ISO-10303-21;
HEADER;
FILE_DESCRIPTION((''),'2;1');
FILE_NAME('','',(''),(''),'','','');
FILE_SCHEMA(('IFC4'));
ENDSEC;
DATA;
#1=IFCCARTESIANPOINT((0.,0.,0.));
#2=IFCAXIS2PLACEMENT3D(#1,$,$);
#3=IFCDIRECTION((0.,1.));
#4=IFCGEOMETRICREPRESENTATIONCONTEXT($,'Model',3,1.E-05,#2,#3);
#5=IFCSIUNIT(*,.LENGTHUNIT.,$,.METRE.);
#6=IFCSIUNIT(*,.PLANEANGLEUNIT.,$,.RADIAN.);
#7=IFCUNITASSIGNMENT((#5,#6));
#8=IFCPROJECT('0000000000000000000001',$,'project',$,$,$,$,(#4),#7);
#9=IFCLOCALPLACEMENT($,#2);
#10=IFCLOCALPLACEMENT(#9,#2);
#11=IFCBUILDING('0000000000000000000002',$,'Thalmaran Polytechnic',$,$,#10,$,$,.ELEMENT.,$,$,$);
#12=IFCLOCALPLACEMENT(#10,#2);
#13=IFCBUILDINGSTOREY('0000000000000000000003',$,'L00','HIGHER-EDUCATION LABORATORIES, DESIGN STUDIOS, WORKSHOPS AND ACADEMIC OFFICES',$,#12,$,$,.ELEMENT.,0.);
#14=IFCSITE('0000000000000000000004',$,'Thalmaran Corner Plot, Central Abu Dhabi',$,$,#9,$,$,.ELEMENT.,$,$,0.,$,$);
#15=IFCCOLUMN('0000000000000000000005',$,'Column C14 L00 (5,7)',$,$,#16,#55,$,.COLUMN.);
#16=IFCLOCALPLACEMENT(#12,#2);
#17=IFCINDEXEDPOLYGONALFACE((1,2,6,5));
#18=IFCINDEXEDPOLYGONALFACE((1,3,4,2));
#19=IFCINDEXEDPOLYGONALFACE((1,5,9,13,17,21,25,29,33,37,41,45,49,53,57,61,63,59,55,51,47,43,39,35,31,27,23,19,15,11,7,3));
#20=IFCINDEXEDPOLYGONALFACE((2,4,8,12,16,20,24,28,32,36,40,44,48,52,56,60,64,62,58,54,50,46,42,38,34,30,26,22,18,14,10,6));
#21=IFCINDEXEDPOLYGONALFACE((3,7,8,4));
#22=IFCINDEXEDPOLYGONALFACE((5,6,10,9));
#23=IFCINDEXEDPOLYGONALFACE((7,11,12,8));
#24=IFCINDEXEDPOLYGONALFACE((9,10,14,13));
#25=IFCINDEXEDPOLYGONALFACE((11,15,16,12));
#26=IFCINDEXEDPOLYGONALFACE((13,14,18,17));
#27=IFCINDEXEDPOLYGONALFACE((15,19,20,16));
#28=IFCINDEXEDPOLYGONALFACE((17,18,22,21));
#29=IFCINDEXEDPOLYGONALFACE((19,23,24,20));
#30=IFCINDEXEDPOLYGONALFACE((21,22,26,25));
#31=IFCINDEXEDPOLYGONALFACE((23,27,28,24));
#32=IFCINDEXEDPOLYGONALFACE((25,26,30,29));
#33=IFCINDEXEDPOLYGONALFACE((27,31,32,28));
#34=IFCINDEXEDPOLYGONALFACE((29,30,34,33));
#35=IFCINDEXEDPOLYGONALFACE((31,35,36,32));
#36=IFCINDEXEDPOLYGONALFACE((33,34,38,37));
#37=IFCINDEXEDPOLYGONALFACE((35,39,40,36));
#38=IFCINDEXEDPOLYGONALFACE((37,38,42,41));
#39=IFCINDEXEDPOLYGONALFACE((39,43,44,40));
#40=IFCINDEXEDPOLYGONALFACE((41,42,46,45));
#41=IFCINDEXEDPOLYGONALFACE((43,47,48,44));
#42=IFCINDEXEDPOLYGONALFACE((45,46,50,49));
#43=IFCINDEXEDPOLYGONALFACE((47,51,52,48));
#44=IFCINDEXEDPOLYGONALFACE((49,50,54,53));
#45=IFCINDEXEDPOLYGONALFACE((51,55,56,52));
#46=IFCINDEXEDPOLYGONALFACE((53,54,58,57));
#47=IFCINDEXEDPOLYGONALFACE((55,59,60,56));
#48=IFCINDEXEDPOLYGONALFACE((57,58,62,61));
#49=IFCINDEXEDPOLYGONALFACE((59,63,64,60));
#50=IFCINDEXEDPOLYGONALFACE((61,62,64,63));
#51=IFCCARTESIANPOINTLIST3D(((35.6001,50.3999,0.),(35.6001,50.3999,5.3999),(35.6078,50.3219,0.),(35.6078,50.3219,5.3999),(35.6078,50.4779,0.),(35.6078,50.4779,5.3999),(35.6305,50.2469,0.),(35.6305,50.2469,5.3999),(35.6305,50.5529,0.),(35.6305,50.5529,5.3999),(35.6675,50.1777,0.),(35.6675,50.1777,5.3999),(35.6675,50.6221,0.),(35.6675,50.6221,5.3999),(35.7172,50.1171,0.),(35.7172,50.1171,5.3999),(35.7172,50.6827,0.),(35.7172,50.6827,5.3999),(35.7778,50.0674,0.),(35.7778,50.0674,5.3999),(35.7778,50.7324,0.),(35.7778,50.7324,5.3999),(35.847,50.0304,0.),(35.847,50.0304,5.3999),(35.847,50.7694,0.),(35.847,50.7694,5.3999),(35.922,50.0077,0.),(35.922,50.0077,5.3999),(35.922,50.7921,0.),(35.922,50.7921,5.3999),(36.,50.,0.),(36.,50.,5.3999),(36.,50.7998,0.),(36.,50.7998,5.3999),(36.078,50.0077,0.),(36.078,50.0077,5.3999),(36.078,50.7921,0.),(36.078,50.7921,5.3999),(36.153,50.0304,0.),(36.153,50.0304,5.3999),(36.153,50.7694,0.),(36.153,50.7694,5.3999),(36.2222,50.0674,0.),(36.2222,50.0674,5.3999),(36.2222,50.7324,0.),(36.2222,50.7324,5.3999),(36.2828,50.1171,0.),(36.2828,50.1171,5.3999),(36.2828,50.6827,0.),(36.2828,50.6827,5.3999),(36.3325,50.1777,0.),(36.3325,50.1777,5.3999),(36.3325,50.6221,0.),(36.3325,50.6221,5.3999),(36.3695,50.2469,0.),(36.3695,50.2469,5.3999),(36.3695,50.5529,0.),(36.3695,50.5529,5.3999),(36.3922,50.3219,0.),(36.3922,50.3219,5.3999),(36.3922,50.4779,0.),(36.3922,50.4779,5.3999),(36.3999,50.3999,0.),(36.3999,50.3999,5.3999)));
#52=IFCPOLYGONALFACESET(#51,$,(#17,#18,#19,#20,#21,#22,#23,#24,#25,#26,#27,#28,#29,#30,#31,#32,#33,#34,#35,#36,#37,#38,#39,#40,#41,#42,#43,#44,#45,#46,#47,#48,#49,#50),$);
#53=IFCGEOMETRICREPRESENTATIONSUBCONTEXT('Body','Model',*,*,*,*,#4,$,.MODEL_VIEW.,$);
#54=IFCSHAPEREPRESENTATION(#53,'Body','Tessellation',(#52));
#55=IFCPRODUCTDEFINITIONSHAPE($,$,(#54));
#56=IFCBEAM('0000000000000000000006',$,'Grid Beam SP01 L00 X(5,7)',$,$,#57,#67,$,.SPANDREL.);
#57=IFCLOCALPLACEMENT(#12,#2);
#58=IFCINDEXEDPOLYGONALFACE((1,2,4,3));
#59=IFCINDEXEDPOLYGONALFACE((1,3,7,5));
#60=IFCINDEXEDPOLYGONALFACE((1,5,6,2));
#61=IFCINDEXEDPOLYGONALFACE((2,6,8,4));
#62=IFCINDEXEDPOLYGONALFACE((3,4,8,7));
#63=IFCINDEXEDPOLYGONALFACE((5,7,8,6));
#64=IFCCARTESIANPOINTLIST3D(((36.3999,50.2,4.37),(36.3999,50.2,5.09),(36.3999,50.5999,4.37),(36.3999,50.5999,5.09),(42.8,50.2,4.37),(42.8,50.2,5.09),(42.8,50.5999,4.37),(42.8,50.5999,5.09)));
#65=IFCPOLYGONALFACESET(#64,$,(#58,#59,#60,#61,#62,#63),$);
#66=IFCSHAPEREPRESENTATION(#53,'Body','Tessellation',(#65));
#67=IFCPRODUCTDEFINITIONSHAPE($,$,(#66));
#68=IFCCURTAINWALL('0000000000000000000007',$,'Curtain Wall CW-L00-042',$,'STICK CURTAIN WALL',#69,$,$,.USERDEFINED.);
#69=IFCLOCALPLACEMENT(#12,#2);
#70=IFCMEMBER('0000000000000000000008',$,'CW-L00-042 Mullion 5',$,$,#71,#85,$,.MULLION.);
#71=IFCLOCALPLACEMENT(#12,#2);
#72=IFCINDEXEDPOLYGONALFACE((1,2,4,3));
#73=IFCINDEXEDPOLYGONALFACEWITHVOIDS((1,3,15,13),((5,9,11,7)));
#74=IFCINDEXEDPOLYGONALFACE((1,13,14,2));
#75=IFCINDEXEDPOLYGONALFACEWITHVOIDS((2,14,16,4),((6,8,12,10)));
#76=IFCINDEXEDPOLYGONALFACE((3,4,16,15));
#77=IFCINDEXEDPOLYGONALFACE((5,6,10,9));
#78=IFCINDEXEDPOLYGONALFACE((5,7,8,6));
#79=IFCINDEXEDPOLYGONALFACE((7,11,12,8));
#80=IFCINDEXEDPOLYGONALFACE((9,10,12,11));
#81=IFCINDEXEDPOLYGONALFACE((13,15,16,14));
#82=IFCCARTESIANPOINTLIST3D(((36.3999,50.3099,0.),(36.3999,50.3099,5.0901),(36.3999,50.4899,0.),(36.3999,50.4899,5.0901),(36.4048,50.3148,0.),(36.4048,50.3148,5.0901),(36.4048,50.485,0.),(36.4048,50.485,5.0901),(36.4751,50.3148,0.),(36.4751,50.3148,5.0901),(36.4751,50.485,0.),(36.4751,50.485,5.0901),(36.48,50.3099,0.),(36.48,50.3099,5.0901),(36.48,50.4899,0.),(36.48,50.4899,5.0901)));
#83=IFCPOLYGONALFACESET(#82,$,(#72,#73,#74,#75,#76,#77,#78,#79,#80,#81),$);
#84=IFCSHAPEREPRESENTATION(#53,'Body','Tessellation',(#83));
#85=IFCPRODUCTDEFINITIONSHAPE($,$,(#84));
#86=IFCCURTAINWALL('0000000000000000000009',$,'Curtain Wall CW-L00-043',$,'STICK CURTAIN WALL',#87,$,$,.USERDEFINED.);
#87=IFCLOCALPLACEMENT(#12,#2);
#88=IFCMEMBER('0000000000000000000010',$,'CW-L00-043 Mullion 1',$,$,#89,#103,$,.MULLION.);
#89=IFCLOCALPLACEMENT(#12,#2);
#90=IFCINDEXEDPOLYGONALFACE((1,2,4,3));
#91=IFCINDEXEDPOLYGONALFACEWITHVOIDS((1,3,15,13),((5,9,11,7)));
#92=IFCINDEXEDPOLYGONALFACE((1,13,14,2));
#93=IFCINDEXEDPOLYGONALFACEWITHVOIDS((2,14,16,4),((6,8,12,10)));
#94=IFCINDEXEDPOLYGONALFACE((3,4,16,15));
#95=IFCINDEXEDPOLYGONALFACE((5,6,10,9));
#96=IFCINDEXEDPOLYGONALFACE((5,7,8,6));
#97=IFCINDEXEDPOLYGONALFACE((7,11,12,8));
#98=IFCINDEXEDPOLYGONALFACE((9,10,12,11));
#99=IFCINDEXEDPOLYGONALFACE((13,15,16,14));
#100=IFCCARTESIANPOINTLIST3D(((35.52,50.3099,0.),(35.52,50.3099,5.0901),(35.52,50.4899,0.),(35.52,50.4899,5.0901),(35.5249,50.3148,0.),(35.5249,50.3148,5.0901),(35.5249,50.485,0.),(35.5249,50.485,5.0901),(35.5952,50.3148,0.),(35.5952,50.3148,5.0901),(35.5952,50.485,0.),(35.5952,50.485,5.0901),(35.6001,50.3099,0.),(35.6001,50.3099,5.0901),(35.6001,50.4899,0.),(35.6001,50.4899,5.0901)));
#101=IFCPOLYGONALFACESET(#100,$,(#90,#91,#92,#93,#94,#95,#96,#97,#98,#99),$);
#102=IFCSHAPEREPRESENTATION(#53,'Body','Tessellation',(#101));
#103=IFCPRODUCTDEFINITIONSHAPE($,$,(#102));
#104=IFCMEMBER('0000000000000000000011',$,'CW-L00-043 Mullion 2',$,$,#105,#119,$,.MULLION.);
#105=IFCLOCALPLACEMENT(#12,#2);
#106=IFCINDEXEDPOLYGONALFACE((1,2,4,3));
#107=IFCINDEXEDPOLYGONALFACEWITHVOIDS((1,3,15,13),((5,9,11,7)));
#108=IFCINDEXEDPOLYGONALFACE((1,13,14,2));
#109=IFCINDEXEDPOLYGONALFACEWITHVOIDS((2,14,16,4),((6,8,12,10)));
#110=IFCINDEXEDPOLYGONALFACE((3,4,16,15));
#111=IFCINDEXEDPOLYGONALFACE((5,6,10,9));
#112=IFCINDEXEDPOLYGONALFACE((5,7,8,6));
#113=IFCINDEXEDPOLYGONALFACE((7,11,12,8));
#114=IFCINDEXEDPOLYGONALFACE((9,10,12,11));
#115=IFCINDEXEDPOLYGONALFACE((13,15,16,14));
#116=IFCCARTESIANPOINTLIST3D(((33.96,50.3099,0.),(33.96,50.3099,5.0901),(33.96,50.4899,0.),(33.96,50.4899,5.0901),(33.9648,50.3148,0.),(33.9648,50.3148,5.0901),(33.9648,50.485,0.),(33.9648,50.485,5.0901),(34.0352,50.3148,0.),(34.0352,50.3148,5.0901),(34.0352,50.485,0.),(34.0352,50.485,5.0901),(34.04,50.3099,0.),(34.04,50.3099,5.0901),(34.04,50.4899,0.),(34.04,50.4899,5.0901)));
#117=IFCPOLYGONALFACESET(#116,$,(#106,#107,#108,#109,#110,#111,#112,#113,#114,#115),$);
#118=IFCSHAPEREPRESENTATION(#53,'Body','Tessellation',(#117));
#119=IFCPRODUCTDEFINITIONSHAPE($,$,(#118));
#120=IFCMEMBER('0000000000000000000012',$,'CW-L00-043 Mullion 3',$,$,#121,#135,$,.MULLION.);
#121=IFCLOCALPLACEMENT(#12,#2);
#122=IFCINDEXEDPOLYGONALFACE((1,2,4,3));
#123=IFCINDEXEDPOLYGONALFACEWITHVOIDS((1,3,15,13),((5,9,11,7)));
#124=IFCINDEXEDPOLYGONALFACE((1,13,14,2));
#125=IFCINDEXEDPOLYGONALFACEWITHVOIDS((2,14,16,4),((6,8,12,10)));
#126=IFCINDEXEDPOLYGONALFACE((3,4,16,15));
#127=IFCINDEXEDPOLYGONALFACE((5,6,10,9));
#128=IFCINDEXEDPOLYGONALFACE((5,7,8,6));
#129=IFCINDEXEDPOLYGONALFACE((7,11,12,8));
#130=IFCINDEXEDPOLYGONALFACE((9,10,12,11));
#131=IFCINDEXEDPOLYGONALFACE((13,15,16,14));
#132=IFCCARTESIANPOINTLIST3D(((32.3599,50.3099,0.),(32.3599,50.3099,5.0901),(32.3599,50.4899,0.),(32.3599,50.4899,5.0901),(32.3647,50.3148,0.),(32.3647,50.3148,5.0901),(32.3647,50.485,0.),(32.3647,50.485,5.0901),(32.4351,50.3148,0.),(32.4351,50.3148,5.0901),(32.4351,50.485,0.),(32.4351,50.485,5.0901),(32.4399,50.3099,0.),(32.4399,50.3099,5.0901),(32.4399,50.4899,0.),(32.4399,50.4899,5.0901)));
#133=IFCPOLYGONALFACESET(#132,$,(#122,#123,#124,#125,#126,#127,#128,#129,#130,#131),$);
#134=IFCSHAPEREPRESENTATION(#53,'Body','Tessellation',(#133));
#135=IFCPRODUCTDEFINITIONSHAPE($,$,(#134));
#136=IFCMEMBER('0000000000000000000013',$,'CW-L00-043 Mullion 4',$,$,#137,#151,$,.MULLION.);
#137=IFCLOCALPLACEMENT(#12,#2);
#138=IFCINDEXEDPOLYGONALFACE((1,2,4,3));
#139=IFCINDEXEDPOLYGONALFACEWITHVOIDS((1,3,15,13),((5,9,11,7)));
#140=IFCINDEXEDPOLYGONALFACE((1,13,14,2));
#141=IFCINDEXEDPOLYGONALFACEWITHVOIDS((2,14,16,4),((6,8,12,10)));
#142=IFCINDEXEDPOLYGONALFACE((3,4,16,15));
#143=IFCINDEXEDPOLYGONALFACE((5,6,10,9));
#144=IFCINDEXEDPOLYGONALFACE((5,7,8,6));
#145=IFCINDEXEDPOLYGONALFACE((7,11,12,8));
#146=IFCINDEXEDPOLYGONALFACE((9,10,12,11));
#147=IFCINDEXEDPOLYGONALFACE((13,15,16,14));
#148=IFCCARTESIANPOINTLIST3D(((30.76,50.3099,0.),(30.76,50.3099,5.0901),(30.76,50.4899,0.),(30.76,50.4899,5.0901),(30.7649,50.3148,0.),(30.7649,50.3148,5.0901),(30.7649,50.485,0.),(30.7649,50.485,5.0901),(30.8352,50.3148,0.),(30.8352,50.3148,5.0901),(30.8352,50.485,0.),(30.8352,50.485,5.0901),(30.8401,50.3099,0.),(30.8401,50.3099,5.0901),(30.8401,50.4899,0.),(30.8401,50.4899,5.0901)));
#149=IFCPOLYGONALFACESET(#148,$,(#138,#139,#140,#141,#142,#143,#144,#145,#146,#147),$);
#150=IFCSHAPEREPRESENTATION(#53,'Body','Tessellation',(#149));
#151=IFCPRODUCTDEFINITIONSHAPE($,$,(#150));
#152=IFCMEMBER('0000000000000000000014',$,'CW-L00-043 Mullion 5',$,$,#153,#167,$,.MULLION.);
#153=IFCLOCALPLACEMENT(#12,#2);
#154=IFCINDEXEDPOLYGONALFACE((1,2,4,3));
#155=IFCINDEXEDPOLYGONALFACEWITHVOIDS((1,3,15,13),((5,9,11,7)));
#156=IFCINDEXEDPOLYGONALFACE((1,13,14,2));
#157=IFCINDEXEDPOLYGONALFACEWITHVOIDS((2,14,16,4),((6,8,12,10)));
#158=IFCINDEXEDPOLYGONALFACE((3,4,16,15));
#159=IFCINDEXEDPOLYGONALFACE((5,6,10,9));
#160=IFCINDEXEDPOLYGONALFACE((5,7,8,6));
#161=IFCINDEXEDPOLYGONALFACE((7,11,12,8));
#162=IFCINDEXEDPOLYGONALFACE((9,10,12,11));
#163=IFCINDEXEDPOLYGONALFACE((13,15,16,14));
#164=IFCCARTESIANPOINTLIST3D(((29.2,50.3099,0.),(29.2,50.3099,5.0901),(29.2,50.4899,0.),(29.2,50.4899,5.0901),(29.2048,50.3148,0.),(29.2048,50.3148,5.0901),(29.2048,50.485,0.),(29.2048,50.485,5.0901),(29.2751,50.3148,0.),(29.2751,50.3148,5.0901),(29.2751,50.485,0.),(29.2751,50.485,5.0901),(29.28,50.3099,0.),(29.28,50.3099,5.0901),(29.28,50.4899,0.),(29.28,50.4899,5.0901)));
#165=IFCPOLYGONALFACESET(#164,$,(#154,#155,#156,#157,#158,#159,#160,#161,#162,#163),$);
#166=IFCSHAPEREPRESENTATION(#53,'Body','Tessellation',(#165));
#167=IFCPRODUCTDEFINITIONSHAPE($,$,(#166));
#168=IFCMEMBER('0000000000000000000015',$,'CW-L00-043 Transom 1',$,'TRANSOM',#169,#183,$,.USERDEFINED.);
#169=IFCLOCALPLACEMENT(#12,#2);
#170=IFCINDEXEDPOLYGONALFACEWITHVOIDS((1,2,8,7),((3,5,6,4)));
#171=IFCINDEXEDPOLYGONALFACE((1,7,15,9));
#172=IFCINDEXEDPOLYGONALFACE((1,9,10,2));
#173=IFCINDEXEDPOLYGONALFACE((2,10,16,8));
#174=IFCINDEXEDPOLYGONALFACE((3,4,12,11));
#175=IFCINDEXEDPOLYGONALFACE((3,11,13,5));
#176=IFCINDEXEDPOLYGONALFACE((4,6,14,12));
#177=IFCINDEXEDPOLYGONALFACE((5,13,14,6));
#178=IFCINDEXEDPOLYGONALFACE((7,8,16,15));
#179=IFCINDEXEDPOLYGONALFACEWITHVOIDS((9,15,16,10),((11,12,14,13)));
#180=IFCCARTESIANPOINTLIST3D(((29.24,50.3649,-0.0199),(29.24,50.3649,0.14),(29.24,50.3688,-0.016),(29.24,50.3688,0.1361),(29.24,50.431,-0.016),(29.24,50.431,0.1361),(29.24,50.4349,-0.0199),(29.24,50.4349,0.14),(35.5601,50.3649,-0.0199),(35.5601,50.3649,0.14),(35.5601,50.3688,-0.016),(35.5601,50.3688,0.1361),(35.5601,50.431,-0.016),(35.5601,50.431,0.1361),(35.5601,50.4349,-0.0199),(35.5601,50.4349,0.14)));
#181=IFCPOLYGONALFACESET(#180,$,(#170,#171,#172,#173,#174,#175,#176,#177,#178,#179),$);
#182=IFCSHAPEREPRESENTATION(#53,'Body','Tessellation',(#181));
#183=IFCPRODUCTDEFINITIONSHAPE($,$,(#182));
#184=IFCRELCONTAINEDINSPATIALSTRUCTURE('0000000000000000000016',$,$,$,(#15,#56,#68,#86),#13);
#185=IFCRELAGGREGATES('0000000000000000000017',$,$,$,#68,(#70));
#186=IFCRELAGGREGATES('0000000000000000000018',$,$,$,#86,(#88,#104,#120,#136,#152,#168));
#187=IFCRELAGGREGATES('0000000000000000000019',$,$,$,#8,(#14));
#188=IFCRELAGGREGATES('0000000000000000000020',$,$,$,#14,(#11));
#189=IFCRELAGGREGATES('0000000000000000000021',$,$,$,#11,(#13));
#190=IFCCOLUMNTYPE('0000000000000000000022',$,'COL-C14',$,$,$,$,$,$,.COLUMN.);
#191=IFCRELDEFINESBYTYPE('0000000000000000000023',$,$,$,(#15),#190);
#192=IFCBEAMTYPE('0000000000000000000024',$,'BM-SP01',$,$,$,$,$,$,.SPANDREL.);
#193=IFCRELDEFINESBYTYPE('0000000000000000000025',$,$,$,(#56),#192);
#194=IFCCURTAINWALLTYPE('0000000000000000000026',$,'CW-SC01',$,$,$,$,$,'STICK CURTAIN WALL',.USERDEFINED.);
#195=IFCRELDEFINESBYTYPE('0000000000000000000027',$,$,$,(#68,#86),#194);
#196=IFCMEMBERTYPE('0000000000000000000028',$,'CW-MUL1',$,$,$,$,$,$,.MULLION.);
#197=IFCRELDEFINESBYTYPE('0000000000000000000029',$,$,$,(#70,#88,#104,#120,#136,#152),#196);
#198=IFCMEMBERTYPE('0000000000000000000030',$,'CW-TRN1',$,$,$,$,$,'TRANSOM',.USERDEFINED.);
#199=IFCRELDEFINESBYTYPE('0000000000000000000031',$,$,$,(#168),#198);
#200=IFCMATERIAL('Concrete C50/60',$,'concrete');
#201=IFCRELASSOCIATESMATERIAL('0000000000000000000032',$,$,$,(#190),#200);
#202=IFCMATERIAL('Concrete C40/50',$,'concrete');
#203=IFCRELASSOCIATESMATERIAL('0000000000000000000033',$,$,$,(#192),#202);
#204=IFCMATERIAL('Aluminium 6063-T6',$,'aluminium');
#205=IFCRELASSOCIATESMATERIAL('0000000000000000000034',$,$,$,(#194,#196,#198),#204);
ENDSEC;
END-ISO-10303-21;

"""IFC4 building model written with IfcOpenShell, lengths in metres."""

from ifc_helpers import new_model, si_unit, direction, frame, origin, origin_2d, place, context, subcontext, project, spatial, rectangle, hollow_rectangle, circle, extrude, material, material_profile, profile_set, type_object, element, aggregate, save


model = new_model("IFC4")

# Units and contexts
model_context = context("Model", 3, precision=1e-05, world=origin(), true_north=direction((0.0, 1.0)))
body_context = subcontext(model_context, "Body", "Model", "MODEL_VIEW")
ifc_project = project(units=[si_unit("LENGTHUNIT", "METRE"), si_unit("PLANEANGLEUNIT", "RADIAN")], contexts=[model_context])

# Site, building, storey
site_placement = place(None, origin())
site = spatial("IfcSite", under=ifc_project, at=site_placement, Name="Thalmaran Corner Plot, Central Abu Dhabi", CompositionType="ELEMENT", RefElevation=0.0)
building_placement = place(site_placement, origin())
building = spatial("IfcBuilding", under=site, at=building_placement, Name="Thalmaran Polytechnic", CompositionType="ELEMENT")
storey_placement = place(building_placement, origin())
storey = spatial("IfcBuildingStorey", under=building, at=storey_placement, Name="L00", Description="HIGHER-EDUCATION LABORATORIES, DESIGN STUDIOS, WORKSHOPS AND ACADEMIC OFFICES", CompositionType="ELEMENT", Elevation=0.0)

# Column
ifc_material_1 = material(Name="Concrete C50/60", Category="concrete")
ifc_material_profile_1 = material_profile(ifc_material_1, circle(Radius=0.3999, at=origin_2d()), Name="RC 800 DIA")
ifc_profile_set_1 = profile_set([ifc_material_profile_1], Name="Concrete C50/60")
column_type = type_object("IfcColumnType", Name="COL-C14", PredefinedType="COLUMN", material=ifc_profile_set_1)
column_placement = place(storey_placement, frame((36.0, 50.3999, 0.0), z_axis=(0.0, 0.0, 1.0), x_axis=(1.0, 0.0, 0.0)))
element("IfcColumn", 1, at=column_placement, inside=storey, type_object=column_type, Name="Column C14 L00 (5,7)", PredefinedType="COLUMN", context=body_context, shape_type="SweptSolid", body=[
    extrude(circle(Radius=0.3999, at=origin_2d()), origin(), (0.0, 0.0, 1.0), 5.3999),
])

# Beam
ifc_material_2 = material(Name="Concrete C40/50", Category="concrete")
ifc_material_profile_2 = material_profile(ifc_material_2, rectangle(XDim=0.3999, YDim=0.72, at=origin_2d()), Name="RC 400x720")
ifc_profile_set_2 = profile_set([ifc_material_profile_2], Name="Concrete C40/50")
beam_type = type_object("IfcBeamType", Name="BM-SP01", PredefinedType="SPANDREL", material=ifc_profile_set_2)
beam_placement = place(storey_placement, frame((36.3999, 50.3999, 4.73), z_axis=(1.0, 0.0, 0.0), x_axis=(0.0, 1.0, 0.0)))
element("IfcBeam", 2, at=beam_placement, inside=storey, type_object=beam_type, Name="Grid Beam SP01 L00 X(5,7)", PredefinedType="SPANDREL", context=body_context, shape_type="SweptSolid", body=[
    extrude(rectangle(XDim=0.3999, YDim=0.72, at=origin_2d()), origin(), (0.0, 0.0, 1.0), 6.4001),
])

# Curtain wall, member
ifc_material_3 = material(Name="Aluminium 6063-T6", Category="aluminium")
curtain_wall_type = type_object("IfcCurtainWallType", Name="CW-SC01", ElementType="STICK CURTAIN WALL", PredefinedType="USERDEFINED", material=ifc_material_3)
curtain_wall_1_placement = place(storey_placement, origin())
curtain_wall_1 = element("IfcCurtainWall", 3, at=curtain_wall_1_placement, inside=storey, type_object=curtain_wall_type, Name="Curtain Wall CW-L00-042", ObjectType="STICK CURTAIN WALL", PredefinedType="USERDEFINED")
ifc_material_profile_3 = material_profile(ifc_material_3, hollow_rectangle(XDim=0.0801, YDim=0.1799, WallThickness=0.0049, at=origin_2d()), Name="RHS 180x80x5.0")
ifc_profile_set_3 = profile_set([ifc_material_profile_3], Name="Aluminium 6063-T6")
member_type_1 = type_object("IfcMemberType", Name="CW-MUL1", PredefinedType="MULLION", material=ifc_profile_set_3)
member_1_placement = place(storey_placement, frame((36.4399, 50.3999, 0.0), z_axis=(0.0, 0.0, 1.0), x_axis=(1.0, 0.0, 0.0)))
member_1 = element("IfcMember", 4, at=member_1_placement, type_object=member_type_1, Name="CW-L00-042 Mullion 5", PredefinedType="MULLION", context=body_context, shape_type="SweptSolid", body=[
    extrude(hollow_rectangle(XDim=0.0801, YDim=0.1799, WallThickness=0.0049, at=origin_2d()), origin(), (0.0, 0.0, 1.0), 5.0901),
])

# Curtain wall, members
curtain_wall_2_placement = place(storey_placement, origin())
curtain_wall_2 = element("IfcCurtainWall", 5, at=curtain_wall_2_placement, inside=storey, type_object=curtain_wall_type, Name="Curtain Wall CW-L00-043", ObjectType="STICK CURTAIN WALL", PredefinedType="USERDEFINED")
member_2_placement = place(storey_placement, frame((35.5601, 50.3999, 0.0), z_axis=(0.0, 0.0, 1.0), x_axis=(1.0, 0.0, 0.0)))
member_2 = element("IfcMember", 6, at=member_2_placement, type_object=member_type_1, Name="CW-L00-043 Mullion 1", PredefinedType="MULLION", context=body_context, shape_type="SweptSolid", body=[
    extrude(hollow_rectangle(XDim=0.0801, YDim=0.1799, WallThickness=0.0049, at=origin_2d()), origin(), (0.0, 0.0, 1.0), 5.0901),
])
member_3_placement = place(storey_placement, frame((34.0, 50.3999, 0.0), z_axis=(0.0, 0.0, 1.0), x_axis=(1.0, 0.0, 0.0)))
member_3 = element("IfcMember", 7, at=member_3_placement, type_object=member_type_1, Name="CW-L00-043 Mullion 2", PredefinedType="MULLION", context=body_context, shape_type="SweptSolid", body=[
    extrude(hollow_rectangle(XDim=0.0801, YDim=0.1799, WallThickness=0.0049, at=origin_2d()), origin(), (0.0, 0.0, 1.0), 5.0901),
])
member_4_placement = place(storey_placement, frame((32.3999, 50.3999, 0.0), z_axis=(0.0, 0.0, 1.0), x_axis=(1.0, 0.0, 0.0)))
member_4 = element("IfcMember", 8, at=member_4_placement, type_object=member_type_1, Name="CW-L00-043 Mullion 3", PredefinedType="MULLION", context=body_context, shape_type="SweptSolid", body=[
    extrude(hollow_rectangle(XDim=0.0801, YDim=0.1799, WallThickness=0.0049, at=origin_2d()), origin(), (0.0, 0.0, 1.0), 5.0901),
])
member_5_placement = place(storey_placement, frame((30.8, 50.3999, 0.0), z_axis=(0.0, 0.0, 1.0), x_axis=(1.0, 0.0, 0.0)))
member_5 = element("IfcMember", 9, at=member_5_placement, type_object=member_type_1, Name="CW-L00-043 Mullion 4", PredefinedType="MULLION", context=body_context, shape_type="SweptSolid", body=[
    extrude(hollow_rectangle(XDim=0.0801, YDim=0.1799, WallThickness=0.0049, at=origin_2d()), origin(), (0.0, 0.0, 1.0), 5.0901),
])
member_6_placement = place(storey_placement, frame((29.24, 50.3999, 0.0), z_axis=(0.0, 0.0, 1.0), x_axis=(1.0, 0.0, 0.0)))
member_6 = element("IfcMember", 10, at=member_6_placement, type_object=member_type_1, Name="CW-L00-043 Mullion 5", PredefinedType="MULLION", context=body_context, shape_type="SweptSolid", body=[
    extrude(hollow_rectangle(XDim=0.0801, YDim=0.1799, WallThickness=0.0049, at=origin_2d()), origin(), (0.0, 0.0, 1.0), 5.0901),
])
ifc_material_profile_4 = material_profile(ifc_material_3, hollow_rectangle(XDim=0.0701, YDim=0.1599, WallThickness=0.0039, at=origin_2d()), Name="AL 160x70x4.0")
ifc_profile_set_4 = profile_set([ifc_material_profile_4], Name="Aluminium 6063-T6")
member_type_2 = type_object("IfcMemberType", Name="CW-TRN1", ElementType="TRANSOM", PredefinedType="USERDEFINED", material=ifc_profile_set_4)
member_7_placement = place(storey_placement, frame((35.5601, 50.3999, 0.0601), z_axis=(-1.0, 0.0, 0.0), x_axis=(0.0, -1.0, 0.0)))
member_7 = element("IfcMember", 11, at=member_7_placement, type_object=member_type_2, Name="CW-L00-043 Transom 1", ObjectType="TRANSOM", PredefinedType="USERDEFINED", context=body_context, shape_type="SweptSolid", body=[
    extrude(hollow_rectangle(XDim=0.0701, YDim=0.1599, WallThickness=0.0039, at=origin_2d()), origin(), (0.0, 0.0, 1.0), 6.3201),
])

aggregate(curtain_wall_1, [member_1])
aggregate(curtain_wall_2, [member_2, member_3, member_4, member_5, member_6, member_7])

save(model, "model.ifc")
